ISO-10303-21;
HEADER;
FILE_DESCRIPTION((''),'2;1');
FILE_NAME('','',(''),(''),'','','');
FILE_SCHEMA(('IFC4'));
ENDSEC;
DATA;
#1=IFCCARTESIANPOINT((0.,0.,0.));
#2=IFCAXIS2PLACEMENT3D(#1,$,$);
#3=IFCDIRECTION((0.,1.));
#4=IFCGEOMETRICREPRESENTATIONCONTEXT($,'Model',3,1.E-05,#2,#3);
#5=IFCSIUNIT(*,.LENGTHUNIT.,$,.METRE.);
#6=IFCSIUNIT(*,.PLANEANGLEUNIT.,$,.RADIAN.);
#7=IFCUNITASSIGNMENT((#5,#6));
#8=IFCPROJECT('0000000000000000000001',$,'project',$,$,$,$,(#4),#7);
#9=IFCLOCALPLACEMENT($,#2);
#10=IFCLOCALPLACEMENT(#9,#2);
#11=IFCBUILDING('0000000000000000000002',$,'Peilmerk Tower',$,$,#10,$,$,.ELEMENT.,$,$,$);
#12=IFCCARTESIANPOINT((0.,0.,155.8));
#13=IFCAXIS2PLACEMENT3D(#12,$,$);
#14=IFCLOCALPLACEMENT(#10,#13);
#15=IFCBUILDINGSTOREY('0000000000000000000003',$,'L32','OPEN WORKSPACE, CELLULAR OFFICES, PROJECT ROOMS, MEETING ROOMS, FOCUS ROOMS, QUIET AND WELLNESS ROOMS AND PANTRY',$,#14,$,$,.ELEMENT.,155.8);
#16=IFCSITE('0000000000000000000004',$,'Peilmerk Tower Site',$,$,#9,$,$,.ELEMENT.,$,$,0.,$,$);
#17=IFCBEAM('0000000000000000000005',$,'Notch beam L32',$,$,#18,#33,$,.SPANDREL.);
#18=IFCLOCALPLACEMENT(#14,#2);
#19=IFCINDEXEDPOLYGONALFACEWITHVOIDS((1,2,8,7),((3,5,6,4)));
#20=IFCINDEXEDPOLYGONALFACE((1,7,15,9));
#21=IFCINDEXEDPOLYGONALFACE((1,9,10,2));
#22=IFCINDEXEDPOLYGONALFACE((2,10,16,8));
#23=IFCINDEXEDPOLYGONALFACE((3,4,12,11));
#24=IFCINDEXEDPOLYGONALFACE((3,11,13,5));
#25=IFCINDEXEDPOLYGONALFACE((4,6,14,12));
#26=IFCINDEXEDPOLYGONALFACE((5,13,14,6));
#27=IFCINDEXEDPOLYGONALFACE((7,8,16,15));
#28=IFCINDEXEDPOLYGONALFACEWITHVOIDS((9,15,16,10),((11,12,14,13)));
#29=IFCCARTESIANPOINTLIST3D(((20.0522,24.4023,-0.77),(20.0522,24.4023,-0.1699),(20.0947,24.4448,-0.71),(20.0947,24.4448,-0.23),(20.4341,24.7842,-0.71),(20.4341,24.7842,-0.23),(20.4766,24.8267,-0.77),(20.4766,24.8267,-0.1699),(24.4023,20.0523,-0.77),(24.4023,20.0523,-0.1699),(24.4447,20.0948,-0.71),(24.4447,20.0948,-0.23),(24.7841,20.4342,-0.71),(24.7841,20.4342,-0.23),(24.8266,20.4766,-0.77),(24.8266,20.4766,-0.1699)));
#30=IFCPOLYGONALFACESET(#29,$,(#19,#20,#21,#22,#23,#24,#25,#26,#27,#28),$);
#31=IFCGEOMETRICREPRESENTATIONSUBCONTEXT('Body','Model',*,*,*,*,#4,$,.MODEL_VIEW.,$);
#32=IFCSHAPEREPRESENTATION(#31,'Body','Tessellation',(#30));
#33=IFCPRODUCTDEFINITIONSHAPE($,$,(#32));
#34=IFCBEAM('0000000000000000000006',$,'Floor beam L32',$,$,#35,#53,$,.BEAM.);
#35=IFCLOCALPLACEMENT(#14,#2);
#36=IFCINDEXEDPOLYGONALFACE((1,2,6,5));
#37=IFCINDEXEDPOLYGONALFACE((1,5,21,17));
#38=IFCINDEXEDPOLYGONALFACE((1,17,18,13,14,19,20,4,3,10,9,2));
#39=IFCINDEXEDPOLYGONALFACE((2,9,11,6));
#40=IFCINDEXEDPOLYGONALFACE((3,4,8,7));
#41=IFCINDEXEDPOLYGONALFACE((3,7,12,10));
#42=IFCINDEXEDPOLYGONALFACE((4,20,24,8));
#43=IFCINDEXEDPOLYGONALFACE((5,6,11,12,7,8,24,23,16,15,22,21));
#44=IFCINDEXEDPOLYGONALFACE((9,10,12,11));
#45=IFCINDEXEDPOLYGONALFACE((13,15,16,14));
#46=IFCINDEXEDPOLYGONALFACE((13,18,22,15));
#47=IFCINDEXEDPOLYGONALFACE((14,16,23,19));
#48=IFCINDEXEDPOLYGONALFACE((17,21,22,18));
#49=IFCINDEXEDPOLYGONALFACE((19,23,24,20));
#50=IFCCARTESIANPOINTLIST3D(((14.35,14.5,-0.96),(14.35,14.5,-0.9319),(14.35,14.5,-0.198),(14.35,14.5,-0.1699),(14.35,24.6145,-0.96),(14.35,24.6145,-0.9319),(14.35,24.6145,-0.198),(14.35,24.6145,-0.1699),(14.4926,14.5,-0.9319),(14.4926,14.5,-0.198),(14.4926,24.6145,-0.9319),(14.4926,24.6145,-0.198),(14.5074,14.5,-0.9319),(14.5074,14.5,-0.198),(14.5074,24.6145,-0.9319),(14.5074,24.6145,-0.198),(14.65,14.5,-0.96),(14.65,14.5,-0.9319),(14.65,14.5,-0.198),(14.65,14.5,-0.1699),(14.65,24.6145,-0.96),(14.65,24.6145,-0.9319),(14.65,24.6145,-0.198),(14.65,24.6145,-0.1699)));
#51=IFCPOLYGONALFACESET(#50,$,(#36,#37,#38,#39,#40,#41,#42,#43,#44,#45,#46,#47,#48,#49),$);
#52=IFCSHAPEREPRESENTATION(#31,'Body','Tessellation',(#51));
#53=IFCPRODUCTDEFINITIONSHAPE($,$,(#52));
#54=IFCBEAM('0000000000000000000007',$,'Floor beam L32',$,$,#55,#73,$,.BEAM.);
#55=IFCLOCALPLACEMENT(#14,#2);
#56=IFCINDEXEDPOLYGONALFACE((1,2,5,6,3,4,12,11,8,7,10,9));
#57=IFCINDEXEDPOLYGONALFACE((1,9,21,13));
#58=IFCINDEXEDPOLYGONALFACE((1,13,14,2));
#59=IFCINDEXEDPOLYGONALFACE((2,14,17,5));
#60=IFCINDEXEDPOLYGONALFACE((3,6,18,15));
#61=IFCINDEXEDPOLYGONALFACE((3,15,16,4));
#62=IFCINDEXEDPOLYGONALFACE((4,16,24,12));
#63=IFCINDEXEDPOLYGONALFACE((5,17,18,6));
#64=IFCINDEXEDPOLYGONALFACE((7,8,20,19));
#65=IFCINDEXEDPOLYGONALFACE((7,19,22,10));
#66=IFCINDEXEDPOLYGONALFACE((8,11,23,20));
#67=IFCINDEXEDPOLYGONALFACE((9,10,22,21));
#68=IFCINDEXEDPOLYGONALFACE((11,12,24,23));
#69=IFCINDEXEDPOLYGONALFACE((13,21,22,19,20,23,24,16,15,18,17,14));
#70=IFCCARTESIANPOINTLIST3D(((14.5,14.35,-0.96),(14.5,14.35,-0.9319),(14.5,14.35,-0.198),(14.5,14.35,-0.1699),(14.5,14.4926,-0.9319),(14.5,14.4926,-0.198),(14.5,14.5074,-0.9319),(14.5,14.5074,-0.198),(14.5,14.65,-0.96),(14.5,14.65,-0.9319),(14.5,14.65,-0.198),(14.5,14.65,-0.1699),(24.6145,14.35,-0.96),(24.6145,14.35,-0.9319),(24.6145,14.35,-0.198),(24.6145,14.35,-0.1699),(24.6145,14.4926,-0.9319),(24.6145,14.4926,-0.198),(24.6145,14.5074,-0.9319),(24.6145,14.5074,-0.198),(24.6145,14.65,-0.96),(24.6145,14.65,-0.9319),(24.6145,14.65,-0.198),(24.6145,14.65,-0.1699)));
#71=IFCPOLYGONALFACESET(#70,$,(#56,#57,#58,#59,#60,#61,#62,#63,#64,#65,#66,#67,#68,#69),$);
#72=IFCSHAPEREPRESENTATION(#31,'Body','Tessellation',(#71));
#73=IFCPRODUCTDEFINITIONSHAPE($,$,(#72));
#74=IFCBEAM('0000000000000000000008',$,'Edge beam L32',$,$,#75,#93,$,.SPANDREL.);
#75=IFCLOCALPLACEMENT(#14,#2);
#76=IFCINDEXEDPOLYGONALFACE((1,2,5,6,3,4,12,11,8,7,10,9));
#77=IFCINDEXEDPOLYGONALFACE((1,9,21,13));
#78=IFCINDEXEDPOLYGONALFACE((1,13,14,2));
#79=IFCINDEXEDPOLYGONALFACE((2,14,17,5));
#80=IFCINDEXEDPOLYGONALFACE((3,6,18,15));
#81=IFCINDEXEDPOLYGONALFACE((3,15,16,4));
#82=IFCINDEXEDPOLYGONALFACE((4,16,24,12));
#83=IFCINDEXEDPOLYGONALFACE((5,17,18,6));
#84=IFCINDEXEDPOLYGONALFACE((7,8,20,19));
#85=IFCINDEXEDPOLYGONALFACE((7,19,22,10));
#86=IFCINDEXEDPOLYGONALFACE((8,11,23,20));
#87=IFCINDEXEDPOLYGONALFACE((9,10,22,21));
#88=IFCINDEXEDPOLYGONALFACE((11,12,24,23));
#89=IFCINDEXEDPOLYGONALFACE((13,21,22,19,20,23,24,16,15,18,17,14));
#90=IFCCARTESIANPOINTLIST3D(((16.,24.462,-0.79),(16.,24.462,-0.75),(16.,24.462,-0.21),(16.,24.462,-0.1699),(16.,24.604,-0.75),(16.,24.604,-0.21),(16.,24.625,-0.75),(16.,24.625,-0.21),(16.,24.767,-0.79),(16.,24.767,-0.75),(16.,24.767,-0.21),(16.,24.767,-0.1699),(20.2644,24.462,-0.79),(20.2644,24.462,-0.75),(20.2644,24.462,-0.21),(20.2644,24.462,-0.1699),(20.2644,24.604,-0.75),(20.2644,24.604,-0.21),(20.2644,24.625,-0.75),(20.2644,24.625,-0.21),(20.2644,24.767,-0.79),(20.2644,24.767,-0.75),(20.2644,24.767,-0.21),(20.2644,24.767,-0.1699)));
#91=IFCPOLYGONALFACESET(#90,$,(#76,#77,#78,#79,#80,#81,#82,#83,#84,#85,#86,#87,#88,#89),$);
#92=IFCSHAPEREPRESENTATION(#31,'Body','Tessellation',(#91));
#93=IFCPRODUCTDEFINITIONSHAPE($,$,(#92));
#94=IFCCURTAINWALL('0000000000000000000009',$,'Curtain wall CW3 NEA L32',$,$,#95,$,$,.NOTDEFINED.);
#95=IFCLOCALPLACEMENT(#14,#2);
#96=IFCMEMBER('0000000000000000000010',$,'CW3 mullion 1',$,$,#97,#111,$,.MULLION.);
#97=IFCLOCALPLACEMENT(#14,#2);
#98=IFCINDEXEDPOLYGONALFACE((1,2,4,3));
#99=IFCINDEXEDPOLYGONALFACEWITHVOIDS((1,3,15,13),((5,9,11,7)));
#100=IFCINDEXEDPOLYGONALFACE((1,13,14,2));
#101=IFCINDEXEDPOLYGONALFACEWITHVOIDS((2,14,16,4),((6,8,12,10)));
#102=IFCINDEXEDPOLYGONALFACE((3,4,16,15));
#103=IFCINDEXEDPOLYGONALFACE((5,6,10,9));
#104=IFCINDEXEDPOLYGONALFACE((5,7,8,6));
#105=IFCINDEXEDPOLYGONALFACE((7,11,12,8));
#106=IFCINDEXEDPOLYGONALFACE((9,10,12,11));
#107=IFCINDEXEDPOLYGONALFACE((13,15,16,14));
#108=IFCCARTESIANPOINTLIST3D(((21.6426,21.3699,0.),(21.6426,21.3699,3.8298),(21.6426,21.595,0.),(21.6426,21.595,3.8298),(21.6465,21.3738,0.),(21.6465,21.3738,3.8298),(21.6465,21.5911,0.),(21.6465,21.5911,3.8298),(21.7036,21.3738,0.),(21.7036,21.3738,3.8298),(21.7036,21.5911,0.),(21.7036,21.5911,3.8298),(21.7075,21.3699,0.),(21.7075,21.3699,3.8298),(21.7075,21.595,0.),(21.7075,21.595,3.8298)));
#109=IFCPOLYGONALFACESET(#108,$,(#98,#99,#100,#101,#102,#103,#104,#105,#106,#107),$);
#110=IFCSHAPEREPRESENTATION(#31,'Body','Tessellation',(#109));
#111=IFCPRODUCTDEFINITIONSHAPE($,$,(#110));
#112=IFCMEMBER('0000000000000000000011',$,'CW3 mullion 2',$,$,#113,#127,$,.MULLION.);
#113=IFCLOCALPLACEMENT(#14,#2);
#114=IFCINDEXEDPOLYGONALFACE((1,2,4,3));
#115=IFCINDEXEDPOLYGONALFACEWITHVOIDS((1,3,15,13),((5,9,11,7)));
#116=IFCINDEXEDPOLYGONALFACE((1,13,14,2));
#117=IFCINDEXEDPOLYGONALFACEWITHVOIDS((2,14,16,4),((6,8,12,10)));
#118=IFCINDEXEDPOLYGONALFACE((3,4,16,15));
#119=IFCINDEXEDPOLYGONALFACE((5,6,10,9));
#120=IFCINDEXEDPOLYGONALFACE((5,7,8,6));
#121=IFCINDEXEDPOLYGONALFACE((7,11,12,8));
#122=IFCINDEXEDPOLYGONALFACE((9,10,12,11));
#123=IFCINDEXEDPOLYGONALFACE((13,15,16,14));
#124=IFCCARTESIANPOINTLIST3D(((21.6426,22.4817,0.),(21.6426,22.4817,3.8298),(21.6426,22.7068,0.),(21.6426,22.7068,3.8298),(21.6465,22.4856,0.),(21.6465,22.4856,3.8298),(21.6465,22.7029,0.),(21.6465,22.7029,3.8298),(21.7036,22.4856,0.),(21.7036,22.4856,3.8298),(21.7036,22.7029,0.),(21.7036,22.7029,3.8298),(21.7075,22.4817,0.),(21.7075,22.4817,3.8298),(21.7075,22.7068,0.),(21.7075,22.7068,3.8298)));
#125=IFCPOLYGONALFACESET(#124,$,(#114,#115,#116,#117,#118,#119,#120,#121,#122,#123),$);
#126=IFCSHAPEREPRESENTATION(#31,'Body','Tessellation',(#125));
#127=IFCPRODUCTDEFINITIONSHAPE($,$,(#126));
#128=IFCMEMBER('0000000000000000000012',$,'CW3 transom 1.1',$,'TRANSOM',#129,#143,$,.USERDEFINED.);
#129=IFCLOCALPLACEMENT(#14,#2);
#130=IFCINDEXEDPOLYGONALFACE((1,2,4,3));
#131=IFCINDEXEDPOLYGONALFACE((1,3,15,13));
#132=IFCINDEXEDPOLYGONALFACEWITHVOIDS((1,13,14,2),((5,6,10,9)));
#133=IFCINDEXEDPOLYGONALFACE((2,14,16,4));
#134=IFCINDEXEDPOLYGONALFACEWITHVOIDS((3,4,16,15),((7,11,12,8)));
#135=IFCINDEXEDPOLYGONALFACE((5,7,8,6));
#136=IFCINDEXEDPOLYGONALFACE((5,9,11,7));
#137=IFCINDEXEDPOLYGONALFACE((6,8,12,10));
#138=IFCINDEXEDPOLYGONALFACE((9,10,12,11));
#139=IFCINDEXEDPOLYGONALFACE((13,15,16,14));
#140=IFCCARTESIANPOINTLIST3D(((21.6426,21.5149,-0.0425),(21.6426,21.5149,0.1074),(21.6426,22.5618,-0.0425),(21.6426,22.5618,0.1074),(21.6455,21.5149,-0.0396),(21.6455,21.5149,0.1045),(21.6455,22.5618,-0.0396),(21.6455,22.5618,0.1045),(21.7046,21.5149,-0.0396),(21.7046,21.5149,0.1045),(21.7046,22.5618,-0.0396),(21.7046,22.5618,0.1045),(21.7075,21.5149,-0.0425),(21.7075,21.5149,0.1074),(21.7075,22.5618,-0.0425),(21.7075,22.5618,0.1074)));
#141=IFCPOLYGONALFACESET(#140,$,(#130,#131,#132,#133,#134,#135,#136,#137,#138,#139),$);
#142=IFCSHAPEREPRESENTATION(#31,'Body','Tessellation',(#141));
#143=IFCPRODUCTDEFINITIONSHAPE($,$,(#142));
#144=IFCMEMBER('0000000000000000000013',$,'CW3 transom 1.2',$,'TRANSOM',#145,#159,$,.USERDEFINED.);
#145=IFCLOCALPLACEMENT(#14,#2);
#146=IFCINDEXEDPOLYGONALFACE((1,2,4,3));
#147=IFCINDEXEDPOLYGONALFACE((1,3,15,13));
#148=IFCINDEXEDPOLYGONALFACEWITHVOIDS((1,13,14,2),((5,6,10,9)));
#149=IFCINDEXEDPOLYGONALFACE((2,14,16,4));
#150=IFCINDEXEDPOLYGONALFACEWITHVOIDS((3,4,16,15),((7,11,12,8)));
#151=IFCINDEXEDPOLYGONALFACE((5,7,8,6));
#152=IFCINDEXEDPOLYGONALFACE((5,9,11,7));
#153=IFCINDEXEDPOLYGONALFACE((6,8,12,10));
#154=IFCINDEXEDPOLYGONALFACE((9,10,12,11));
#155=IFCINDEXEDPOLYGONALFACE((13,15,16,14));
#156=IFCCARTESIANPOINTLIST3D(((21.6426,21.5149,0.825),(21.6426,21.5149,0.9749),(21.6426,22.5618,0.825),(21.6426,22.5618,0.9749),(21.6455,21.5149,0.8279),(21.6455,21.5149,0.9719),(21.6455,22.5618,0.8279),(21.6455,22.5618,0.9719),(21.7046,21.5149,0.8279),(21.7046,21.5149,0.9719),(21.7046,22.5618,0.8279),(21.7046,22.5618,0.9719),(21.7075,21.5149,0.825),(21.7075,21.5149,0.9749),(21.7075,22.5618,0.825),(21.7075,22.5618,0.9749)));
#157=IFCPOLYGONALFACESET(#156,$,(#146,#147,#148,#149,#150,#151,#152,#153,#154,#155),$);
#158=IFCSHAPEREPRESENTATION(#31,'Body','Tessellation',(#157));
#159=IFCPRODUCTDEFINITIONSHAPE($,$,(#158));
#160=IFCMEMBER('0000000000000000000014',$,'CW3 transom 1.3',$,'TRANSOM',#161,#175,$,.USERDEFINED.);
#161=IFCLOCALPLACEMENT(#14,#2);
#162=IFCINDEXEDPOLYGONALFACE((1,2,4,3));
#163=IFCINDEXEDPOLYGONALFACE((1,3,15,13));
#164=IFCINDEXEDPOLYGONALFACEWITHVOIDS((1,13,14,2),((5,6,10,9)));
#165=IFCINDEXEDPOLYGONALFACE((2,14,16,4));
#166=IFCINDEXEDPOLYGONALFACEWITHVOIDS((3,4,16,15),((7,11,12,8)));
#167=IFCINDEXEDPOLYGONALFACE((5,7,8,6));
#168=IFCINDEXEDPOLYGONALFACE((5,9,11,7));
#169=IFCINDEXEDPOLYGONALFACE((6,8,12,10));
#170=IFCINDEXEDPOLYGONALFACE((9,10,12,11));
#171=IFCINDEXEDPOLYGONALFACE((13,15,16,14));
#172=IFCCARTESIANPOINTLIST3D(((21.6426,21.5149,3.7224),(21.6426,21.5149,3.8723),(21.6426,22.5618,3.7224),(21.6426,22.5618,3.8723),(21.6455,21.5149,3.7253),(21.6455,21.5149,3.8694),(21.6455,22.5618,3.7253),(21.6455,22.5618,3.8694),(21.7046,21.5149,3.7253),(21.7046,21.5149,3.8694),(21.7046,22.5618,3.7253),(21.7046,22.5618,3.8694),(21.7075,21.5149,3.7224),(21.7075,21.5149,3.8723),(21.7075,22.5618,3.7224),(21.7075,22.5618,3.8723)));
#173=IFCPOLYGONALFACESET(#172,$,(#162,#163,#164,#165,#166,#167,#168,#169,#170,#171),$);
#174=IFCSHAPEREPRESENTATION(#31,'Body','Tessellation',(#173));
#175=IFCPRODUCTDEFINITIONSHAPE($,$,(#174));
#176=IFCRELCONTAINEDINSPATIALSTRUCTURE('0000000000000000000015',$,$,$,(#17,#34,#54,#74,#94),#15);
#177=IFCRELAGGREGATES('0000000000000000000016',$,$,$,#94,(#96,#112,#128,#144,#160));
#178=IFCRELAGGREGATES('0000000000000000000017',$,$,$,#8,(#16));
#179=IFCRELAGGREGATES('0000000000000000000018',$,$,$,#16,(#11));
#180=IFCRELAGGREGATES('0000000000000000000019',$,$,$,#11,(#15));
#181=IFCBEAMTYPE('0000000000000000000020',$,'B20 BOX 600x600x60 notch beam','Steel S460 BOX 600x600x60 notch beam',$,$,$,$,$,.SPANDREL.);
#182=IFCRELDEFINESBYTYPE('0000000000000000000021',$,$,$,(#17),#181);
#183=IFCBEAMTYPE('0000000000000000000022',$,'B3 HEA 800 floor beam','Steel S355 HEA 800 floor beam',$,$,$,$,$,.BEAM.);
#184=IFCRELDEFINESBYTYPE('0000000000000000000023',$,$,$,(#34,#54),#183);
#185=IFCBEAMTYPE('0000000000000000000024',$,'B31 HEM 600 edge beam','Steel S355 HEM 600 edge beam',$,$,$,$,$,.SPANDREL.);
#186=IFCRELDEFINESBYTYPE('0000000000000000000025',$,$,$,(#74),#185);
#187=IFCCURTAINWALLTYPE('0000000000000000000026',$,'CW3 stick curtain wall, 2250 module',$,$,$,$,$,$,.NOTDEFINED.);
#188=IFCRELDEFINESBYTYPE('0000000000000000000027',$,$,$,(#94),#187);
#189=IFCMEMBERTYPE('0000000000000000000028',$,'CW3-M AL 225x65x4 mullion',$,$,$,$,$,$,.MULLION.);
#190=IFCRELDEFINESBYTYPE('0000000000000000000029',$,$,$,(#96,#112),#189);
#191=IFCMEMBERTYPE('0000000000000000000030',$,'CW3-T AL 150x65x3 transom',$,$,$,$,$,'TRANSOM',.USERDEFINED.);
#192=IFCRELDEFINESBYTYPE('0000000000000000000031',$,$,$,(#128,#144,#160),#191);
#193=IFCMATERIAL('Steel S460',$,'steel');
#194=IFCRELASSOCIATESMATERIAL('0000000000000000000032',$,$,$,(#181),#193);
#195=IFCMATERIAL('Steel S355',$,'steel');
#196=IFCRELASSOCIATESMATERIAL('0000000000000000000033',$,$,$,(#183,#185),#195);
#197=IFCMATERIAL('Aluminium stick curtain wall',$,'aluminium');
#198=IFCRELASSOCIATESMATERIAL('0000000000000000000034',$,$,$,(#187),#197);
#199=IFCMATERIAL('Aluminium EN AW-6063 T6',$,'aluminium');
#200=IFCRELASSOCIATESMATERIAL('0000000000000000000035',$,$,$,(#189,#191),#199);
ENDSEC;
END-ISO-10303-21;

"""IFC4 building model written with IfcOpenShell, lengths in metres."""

from ifc_helpers import new_model, si_unit, direction, frame, origin, origin_2d, place, context, subcontext, project, spatial, hollow_rectangle, i_section, extrude, material, material_profile, profile_set, type_object, element, aggregate, save


model = new_model("IFC4")

# Units and contexts
model_context = context("Model", 3, precision=1e-05, world=origin(), true_north=direction((0.0, 1.0)))
body_context = subcontext(model_context, "Body", "Model", "MODEL_VIEW")
ifc_project = project(units=[si_unit("LENGTHUNIT", "METRE"), si_unit("PLANEANGLEUNIT", "RADIAN")], contexts=[model_context])

# Site, building, storey
site_placement = place(None, origin())
site = spatial("IfcSite", under=ifc_project, at=site_placement, Name="Peilmerk Tower Site", CompositionType="ELEMENT", RefElevation=0.0)
building_placement = place(site_placement, origin())
building = spatial("IfcBuilding", under=site, at=building_placement, Name="Peilmerk Tower", CompositionType="ELEMENT")
storey_placement = place(building_placement, frame((0.0, 0.0, 155.8)))
storey = spatial("IfcBuildingStorey", under=building, at=storey_placement, Name="L32", Description="OPEN WORKSPACE, CELLULAR OFFICES, PROJECT ROOMS, MEETING ROOMS, FOCUS ROOMS, QUIET AND WELLNESS ROOMS AND PANTRY", CompositionType="ELEMENT", Elevation=155.8)

# Shared definitions
ifc_material_1 = material(Name="Steel S460", Category="steel")

# Beams
ifc_material_2 = material(Name="Steel S355", Category="steel")
ifc_material_profile_1 = material_profile(ifc_material_1, hollow_rectangle(XDim=0.6001, YDim=0.6001, WallThickness=0.0601, at=origin_2d()), Name="BOX 600x600x60")
ifc_profile_set_1 = profile_set([ifc_material_profile_1], Name="Steel S460")
beam_type_1 = type_object("IfcBeamType", Name="B20 BOX 600x600x60 notch beam", Description="Steel S460 BOX 600x600x60 notch beam", PredefinedType="SPANDREL", material=ifc_profile_set_1)
beam_1_placement = place(storey_placement, frame((20.2644, 24.6145, -0.47), z_axis=(0.707107, -0.707107, 0.0), x_axis=(0.707107, 0.707107, 0.0)))
element("IfcBeam", 1, at=beam_1_placement, inside=storey, type_object=beam_type_1, Name="Notch beam L32", PredefinedType="SPANDREL", context=body_context, shape_type="SweptSolid", body=[
    extrude(hollow_rectangle(XDim=0.6001, YDim=0.6001, WallThickness=0.0601, at=origin_2d()), origin(), (0.0, 0.0, 1.0), 6.1519),
])
ifc_material_profile_2 = material_profile(ifc_material_2, i_section(OverallWidth=0.3, OverallDepth=0.79, WebThickness=0.0149, FlangeThickness=0.0281, at=origin_2d()), Name="HEA 800")
ifc_profile_set_2 = profile_set([ifc_material_profile_2], Name="Steel S355")
beam_type_2 = type_object("IfcBeamType", Name="B3 HEA 800 floor beam", Description="Steel S355 HEA 800 floor beam", PredefinedType="BEAM", material=ifc_profile_set_2)
for number, where, z_axis, x_axis, name in (
    (2, (14.5, 14.5, -0.5649), (0.0, 1.0, 0.0), (-1.0, 0.0, 0.0), "Floor beam L32"),
    (3, (14.5, 14.5, -0.5649), (1.0, 0.0, 0.0), (0.0, 1.0, 0.0), "Floor beam L32"),
):
    element("IfcBeam", number, at=place(storey_placement, frame(where, z_axis=z_axis, x_axis=x_axis)), inside=storey, type_object=beam_type_2, Name=name, PredefinedType="BEAM", context=body_context, shape_type="SweptSolid", body=[
        extrude(i_section(OverallWidth=0.3, OverallDepth=0.79, WebThickness=0.0149, FlangeThickness=0.0281, at=origin_2d()), origin(), (0.0, 0.0, 1.0), 10.1145),
    ])
ifc_material_profile_3 = material_profile(ifc_material_2, i_section(OverallWidth=0.3049, OverallDepth=0.6201, WebThickness=0.021, FlangeThickness=0.04, at=origin_2d()), Name="HEM 600")
ifc_profile_set_3 = profile_set([ifc_material_profile_3], Name="Steel S355")
beam_type_3 = type_object("IfcBeamType", Name="B31 HEM 600 edge beam", Description="Steel S355 HEM 600 edge beam", PredefinedType="SPANDREL", material=ifc_profile_set_3)
beam_2_placement = place(storey_placement, frame((20.2644, 24.6145, -0.48), z_axis=(-1.0, 0.0, 0.0), x_axis=(0.0, -1.0, 0.0)))
element("IfcBeam", 4, at=beam_2_placement, inside=storey, type_object=beam_type_3, Name="Edge beam L32", PredefinedType="SPANDREL", context=body_context, shape_type="SweptSolid", body=[
    extrude(i_section(OverallWidth=0.3049, OverallDepth=0.6201, WebThickness=0.021, FlangeThickness=0.04, at=origin_2d()), origin(), (0.0, 0.0, 1.0), 4.2644),
])

# Curtain wall, members
ifc_material_3 = material(Name="Aluminium stick curtain wall", Category="aluminium")
curtain_wall_type = type_object("IfcCurtainWallType", Name="CW3 stick curtain wall, 2250 module", PredefinedType="NOTDEFINED", material=ifc_material_3)
curtain_wall_placement = place(storey_placement, origin())
curtain_wall = element("IfcCurtainWall", 5, at=curtain_wall_placement, inside=storey, type_object=curtain_wall_type, Name="Curtain wall CW3 NEA L32", PredefinedType="NOTDEFINED")
ifc_material_4 = material(Name="Aluminium EN AW-6063 T6", Category="aluminium")
ifc_material_profile_4 = material_profile(ifc_material_4, hollow_rectangle(XDim=0.0649, YDim=0.2251, WallThickness=0.0039, at=origin_2d()), Name="AL 225x65x4")
ifc_profile_set_4 = profile_set([ifc_material_profile_4], Name="Aluminium EN AW-6063 T6")
member_type_1 = type_object("IfcMemberType", Name="CW3-M AL 225x65x4 mullion", PredefinedType="MULLION", material=ifc_profile_set_4)
member_1_placement = place(storey_placement, frame((21.675, 21.4824, 0.0), z_axis=(0.0, 0.0, 1.0), x_axis=(-1.0, 0.0, 0.0)))
member_1 = element("IfcMember", 6, at=member_1_placement, type_object=member_type_1, Name="CW3 mullion 1", PredefinedType="MULLION", context=body_context, shape_type="SweptSolid", body=[
    extrude(hollow_rectangle(XDim=0.0649, YDim=0.2251, WallThickness=0.0039, at=origin_2d()), origin(), (0.0, 0.0, 1.0), 3.8298),
])
member_2_placement = place(storey_placement, frame((21.675, 22.5942, 0.0), z_axis=(0.0, 0.0, 1.0), x_axis=(-1.0, 0.0, 0.0)))
member_2 = element("IfcMember", 7, at=member_2_placement, type_object=member_type_1, Name="CW3 mullion 2", PredefinedType="MULLION", context=body_context, shape_type="SweptSolid", body=[
    extrude(hollow_rectangle(XDim=0.0649, YDim=0.2251, WallThickness=0.0039, at=origin_2d()), origin(), (0.0, 0.0, 1.0), 3.8298),
])
ifc_material_profile_5 = material_profile(ifc_material_4, hollow_rectangle(XDim=0.0649, YDim=0.1499, WallThickness=0.0029, at=origin_2d()), Name="AL 150x65x3")
ifc_profile_set_5 = profile_set([ifc_material_profile_5], Name="Aluminium EN AW-6063 T6")
member_type_2 = type_object("IfcMemberType", Name="CW3-T AL 150x65x3 transom", ElementType="TRANSOM", PredefinedType="USERDEFINED", material=ifc_profile_set_5)
member_3_placement = place(storey_placement, frame((21.675, 21.5149, 0.0325), z_axis=(0.0, 1.0, 0.0), x_axis=(-1.0, 0.0, 0.0)))
member_3 = element("IfcMember", 8, at=member_3_placement, type_object=member_type_2, Name="CW3 transom 1.1", ObjectType="TRANSOM", PredefinedType="USERDEFINED", context=body_context, shape_type="SweptSolid", body=[
    extrude(hollow_rectangle(XDim=0.0649, YDim=0.1499, WallThickness=0.0029, at=origin_2d()), origin(), (0.0, 0.0, 1.0), 1.0469),
])
member_4_placement = place(storey_placement, frame((21.675, 21.5149, 0.8999), z_axis=(0.0, 1.0, 0.0), x_axis=(-1.0, 0.0, 0.0)))
member_4 = element("IfcMember", 9, at=member_4_placement, type_object=member_type_2, Name="CW3 transom 1.2", ObjectType="TRANSOM", PredefinedType="USERDEFINED", context=body_context, shape_type="SweptSolid", body=[
    extrude(hollow_rectangle(XDim=0.0649, YDim=0.1499, WallThickness=0.0029, at=origin_2d()), origin(), (0.0, 0.0, 1.0), 1.0469),
])
member_5_placement = place(storey_placement, frame((21.675, 21.5149, 3.7974), z_axis=(0.0, 1.0, 0.0), x_axis=(-1.0, 0.0, 0.0)))
member_5 = element("IfcMember", 10, at=member_5_placement, type_object=member_type_2, Name="CW3 transom 1.3", ObjectType="TRANSOM", PredefinedType="USERDEFINED", context=body_context, shape_type="SweptSolid", body=[
    extrude(hollow_rectangle(XDim=0.0649, YDim=0.1499, WallThickness=0.0029, at=origin_2d()), origin(), (0.0, 0.0, 1.0), 1.0469),
])
aggregate(curtain_wall, [member_1, member_2, member_3, member_4, member_5])

save(model, "model.ifc")
